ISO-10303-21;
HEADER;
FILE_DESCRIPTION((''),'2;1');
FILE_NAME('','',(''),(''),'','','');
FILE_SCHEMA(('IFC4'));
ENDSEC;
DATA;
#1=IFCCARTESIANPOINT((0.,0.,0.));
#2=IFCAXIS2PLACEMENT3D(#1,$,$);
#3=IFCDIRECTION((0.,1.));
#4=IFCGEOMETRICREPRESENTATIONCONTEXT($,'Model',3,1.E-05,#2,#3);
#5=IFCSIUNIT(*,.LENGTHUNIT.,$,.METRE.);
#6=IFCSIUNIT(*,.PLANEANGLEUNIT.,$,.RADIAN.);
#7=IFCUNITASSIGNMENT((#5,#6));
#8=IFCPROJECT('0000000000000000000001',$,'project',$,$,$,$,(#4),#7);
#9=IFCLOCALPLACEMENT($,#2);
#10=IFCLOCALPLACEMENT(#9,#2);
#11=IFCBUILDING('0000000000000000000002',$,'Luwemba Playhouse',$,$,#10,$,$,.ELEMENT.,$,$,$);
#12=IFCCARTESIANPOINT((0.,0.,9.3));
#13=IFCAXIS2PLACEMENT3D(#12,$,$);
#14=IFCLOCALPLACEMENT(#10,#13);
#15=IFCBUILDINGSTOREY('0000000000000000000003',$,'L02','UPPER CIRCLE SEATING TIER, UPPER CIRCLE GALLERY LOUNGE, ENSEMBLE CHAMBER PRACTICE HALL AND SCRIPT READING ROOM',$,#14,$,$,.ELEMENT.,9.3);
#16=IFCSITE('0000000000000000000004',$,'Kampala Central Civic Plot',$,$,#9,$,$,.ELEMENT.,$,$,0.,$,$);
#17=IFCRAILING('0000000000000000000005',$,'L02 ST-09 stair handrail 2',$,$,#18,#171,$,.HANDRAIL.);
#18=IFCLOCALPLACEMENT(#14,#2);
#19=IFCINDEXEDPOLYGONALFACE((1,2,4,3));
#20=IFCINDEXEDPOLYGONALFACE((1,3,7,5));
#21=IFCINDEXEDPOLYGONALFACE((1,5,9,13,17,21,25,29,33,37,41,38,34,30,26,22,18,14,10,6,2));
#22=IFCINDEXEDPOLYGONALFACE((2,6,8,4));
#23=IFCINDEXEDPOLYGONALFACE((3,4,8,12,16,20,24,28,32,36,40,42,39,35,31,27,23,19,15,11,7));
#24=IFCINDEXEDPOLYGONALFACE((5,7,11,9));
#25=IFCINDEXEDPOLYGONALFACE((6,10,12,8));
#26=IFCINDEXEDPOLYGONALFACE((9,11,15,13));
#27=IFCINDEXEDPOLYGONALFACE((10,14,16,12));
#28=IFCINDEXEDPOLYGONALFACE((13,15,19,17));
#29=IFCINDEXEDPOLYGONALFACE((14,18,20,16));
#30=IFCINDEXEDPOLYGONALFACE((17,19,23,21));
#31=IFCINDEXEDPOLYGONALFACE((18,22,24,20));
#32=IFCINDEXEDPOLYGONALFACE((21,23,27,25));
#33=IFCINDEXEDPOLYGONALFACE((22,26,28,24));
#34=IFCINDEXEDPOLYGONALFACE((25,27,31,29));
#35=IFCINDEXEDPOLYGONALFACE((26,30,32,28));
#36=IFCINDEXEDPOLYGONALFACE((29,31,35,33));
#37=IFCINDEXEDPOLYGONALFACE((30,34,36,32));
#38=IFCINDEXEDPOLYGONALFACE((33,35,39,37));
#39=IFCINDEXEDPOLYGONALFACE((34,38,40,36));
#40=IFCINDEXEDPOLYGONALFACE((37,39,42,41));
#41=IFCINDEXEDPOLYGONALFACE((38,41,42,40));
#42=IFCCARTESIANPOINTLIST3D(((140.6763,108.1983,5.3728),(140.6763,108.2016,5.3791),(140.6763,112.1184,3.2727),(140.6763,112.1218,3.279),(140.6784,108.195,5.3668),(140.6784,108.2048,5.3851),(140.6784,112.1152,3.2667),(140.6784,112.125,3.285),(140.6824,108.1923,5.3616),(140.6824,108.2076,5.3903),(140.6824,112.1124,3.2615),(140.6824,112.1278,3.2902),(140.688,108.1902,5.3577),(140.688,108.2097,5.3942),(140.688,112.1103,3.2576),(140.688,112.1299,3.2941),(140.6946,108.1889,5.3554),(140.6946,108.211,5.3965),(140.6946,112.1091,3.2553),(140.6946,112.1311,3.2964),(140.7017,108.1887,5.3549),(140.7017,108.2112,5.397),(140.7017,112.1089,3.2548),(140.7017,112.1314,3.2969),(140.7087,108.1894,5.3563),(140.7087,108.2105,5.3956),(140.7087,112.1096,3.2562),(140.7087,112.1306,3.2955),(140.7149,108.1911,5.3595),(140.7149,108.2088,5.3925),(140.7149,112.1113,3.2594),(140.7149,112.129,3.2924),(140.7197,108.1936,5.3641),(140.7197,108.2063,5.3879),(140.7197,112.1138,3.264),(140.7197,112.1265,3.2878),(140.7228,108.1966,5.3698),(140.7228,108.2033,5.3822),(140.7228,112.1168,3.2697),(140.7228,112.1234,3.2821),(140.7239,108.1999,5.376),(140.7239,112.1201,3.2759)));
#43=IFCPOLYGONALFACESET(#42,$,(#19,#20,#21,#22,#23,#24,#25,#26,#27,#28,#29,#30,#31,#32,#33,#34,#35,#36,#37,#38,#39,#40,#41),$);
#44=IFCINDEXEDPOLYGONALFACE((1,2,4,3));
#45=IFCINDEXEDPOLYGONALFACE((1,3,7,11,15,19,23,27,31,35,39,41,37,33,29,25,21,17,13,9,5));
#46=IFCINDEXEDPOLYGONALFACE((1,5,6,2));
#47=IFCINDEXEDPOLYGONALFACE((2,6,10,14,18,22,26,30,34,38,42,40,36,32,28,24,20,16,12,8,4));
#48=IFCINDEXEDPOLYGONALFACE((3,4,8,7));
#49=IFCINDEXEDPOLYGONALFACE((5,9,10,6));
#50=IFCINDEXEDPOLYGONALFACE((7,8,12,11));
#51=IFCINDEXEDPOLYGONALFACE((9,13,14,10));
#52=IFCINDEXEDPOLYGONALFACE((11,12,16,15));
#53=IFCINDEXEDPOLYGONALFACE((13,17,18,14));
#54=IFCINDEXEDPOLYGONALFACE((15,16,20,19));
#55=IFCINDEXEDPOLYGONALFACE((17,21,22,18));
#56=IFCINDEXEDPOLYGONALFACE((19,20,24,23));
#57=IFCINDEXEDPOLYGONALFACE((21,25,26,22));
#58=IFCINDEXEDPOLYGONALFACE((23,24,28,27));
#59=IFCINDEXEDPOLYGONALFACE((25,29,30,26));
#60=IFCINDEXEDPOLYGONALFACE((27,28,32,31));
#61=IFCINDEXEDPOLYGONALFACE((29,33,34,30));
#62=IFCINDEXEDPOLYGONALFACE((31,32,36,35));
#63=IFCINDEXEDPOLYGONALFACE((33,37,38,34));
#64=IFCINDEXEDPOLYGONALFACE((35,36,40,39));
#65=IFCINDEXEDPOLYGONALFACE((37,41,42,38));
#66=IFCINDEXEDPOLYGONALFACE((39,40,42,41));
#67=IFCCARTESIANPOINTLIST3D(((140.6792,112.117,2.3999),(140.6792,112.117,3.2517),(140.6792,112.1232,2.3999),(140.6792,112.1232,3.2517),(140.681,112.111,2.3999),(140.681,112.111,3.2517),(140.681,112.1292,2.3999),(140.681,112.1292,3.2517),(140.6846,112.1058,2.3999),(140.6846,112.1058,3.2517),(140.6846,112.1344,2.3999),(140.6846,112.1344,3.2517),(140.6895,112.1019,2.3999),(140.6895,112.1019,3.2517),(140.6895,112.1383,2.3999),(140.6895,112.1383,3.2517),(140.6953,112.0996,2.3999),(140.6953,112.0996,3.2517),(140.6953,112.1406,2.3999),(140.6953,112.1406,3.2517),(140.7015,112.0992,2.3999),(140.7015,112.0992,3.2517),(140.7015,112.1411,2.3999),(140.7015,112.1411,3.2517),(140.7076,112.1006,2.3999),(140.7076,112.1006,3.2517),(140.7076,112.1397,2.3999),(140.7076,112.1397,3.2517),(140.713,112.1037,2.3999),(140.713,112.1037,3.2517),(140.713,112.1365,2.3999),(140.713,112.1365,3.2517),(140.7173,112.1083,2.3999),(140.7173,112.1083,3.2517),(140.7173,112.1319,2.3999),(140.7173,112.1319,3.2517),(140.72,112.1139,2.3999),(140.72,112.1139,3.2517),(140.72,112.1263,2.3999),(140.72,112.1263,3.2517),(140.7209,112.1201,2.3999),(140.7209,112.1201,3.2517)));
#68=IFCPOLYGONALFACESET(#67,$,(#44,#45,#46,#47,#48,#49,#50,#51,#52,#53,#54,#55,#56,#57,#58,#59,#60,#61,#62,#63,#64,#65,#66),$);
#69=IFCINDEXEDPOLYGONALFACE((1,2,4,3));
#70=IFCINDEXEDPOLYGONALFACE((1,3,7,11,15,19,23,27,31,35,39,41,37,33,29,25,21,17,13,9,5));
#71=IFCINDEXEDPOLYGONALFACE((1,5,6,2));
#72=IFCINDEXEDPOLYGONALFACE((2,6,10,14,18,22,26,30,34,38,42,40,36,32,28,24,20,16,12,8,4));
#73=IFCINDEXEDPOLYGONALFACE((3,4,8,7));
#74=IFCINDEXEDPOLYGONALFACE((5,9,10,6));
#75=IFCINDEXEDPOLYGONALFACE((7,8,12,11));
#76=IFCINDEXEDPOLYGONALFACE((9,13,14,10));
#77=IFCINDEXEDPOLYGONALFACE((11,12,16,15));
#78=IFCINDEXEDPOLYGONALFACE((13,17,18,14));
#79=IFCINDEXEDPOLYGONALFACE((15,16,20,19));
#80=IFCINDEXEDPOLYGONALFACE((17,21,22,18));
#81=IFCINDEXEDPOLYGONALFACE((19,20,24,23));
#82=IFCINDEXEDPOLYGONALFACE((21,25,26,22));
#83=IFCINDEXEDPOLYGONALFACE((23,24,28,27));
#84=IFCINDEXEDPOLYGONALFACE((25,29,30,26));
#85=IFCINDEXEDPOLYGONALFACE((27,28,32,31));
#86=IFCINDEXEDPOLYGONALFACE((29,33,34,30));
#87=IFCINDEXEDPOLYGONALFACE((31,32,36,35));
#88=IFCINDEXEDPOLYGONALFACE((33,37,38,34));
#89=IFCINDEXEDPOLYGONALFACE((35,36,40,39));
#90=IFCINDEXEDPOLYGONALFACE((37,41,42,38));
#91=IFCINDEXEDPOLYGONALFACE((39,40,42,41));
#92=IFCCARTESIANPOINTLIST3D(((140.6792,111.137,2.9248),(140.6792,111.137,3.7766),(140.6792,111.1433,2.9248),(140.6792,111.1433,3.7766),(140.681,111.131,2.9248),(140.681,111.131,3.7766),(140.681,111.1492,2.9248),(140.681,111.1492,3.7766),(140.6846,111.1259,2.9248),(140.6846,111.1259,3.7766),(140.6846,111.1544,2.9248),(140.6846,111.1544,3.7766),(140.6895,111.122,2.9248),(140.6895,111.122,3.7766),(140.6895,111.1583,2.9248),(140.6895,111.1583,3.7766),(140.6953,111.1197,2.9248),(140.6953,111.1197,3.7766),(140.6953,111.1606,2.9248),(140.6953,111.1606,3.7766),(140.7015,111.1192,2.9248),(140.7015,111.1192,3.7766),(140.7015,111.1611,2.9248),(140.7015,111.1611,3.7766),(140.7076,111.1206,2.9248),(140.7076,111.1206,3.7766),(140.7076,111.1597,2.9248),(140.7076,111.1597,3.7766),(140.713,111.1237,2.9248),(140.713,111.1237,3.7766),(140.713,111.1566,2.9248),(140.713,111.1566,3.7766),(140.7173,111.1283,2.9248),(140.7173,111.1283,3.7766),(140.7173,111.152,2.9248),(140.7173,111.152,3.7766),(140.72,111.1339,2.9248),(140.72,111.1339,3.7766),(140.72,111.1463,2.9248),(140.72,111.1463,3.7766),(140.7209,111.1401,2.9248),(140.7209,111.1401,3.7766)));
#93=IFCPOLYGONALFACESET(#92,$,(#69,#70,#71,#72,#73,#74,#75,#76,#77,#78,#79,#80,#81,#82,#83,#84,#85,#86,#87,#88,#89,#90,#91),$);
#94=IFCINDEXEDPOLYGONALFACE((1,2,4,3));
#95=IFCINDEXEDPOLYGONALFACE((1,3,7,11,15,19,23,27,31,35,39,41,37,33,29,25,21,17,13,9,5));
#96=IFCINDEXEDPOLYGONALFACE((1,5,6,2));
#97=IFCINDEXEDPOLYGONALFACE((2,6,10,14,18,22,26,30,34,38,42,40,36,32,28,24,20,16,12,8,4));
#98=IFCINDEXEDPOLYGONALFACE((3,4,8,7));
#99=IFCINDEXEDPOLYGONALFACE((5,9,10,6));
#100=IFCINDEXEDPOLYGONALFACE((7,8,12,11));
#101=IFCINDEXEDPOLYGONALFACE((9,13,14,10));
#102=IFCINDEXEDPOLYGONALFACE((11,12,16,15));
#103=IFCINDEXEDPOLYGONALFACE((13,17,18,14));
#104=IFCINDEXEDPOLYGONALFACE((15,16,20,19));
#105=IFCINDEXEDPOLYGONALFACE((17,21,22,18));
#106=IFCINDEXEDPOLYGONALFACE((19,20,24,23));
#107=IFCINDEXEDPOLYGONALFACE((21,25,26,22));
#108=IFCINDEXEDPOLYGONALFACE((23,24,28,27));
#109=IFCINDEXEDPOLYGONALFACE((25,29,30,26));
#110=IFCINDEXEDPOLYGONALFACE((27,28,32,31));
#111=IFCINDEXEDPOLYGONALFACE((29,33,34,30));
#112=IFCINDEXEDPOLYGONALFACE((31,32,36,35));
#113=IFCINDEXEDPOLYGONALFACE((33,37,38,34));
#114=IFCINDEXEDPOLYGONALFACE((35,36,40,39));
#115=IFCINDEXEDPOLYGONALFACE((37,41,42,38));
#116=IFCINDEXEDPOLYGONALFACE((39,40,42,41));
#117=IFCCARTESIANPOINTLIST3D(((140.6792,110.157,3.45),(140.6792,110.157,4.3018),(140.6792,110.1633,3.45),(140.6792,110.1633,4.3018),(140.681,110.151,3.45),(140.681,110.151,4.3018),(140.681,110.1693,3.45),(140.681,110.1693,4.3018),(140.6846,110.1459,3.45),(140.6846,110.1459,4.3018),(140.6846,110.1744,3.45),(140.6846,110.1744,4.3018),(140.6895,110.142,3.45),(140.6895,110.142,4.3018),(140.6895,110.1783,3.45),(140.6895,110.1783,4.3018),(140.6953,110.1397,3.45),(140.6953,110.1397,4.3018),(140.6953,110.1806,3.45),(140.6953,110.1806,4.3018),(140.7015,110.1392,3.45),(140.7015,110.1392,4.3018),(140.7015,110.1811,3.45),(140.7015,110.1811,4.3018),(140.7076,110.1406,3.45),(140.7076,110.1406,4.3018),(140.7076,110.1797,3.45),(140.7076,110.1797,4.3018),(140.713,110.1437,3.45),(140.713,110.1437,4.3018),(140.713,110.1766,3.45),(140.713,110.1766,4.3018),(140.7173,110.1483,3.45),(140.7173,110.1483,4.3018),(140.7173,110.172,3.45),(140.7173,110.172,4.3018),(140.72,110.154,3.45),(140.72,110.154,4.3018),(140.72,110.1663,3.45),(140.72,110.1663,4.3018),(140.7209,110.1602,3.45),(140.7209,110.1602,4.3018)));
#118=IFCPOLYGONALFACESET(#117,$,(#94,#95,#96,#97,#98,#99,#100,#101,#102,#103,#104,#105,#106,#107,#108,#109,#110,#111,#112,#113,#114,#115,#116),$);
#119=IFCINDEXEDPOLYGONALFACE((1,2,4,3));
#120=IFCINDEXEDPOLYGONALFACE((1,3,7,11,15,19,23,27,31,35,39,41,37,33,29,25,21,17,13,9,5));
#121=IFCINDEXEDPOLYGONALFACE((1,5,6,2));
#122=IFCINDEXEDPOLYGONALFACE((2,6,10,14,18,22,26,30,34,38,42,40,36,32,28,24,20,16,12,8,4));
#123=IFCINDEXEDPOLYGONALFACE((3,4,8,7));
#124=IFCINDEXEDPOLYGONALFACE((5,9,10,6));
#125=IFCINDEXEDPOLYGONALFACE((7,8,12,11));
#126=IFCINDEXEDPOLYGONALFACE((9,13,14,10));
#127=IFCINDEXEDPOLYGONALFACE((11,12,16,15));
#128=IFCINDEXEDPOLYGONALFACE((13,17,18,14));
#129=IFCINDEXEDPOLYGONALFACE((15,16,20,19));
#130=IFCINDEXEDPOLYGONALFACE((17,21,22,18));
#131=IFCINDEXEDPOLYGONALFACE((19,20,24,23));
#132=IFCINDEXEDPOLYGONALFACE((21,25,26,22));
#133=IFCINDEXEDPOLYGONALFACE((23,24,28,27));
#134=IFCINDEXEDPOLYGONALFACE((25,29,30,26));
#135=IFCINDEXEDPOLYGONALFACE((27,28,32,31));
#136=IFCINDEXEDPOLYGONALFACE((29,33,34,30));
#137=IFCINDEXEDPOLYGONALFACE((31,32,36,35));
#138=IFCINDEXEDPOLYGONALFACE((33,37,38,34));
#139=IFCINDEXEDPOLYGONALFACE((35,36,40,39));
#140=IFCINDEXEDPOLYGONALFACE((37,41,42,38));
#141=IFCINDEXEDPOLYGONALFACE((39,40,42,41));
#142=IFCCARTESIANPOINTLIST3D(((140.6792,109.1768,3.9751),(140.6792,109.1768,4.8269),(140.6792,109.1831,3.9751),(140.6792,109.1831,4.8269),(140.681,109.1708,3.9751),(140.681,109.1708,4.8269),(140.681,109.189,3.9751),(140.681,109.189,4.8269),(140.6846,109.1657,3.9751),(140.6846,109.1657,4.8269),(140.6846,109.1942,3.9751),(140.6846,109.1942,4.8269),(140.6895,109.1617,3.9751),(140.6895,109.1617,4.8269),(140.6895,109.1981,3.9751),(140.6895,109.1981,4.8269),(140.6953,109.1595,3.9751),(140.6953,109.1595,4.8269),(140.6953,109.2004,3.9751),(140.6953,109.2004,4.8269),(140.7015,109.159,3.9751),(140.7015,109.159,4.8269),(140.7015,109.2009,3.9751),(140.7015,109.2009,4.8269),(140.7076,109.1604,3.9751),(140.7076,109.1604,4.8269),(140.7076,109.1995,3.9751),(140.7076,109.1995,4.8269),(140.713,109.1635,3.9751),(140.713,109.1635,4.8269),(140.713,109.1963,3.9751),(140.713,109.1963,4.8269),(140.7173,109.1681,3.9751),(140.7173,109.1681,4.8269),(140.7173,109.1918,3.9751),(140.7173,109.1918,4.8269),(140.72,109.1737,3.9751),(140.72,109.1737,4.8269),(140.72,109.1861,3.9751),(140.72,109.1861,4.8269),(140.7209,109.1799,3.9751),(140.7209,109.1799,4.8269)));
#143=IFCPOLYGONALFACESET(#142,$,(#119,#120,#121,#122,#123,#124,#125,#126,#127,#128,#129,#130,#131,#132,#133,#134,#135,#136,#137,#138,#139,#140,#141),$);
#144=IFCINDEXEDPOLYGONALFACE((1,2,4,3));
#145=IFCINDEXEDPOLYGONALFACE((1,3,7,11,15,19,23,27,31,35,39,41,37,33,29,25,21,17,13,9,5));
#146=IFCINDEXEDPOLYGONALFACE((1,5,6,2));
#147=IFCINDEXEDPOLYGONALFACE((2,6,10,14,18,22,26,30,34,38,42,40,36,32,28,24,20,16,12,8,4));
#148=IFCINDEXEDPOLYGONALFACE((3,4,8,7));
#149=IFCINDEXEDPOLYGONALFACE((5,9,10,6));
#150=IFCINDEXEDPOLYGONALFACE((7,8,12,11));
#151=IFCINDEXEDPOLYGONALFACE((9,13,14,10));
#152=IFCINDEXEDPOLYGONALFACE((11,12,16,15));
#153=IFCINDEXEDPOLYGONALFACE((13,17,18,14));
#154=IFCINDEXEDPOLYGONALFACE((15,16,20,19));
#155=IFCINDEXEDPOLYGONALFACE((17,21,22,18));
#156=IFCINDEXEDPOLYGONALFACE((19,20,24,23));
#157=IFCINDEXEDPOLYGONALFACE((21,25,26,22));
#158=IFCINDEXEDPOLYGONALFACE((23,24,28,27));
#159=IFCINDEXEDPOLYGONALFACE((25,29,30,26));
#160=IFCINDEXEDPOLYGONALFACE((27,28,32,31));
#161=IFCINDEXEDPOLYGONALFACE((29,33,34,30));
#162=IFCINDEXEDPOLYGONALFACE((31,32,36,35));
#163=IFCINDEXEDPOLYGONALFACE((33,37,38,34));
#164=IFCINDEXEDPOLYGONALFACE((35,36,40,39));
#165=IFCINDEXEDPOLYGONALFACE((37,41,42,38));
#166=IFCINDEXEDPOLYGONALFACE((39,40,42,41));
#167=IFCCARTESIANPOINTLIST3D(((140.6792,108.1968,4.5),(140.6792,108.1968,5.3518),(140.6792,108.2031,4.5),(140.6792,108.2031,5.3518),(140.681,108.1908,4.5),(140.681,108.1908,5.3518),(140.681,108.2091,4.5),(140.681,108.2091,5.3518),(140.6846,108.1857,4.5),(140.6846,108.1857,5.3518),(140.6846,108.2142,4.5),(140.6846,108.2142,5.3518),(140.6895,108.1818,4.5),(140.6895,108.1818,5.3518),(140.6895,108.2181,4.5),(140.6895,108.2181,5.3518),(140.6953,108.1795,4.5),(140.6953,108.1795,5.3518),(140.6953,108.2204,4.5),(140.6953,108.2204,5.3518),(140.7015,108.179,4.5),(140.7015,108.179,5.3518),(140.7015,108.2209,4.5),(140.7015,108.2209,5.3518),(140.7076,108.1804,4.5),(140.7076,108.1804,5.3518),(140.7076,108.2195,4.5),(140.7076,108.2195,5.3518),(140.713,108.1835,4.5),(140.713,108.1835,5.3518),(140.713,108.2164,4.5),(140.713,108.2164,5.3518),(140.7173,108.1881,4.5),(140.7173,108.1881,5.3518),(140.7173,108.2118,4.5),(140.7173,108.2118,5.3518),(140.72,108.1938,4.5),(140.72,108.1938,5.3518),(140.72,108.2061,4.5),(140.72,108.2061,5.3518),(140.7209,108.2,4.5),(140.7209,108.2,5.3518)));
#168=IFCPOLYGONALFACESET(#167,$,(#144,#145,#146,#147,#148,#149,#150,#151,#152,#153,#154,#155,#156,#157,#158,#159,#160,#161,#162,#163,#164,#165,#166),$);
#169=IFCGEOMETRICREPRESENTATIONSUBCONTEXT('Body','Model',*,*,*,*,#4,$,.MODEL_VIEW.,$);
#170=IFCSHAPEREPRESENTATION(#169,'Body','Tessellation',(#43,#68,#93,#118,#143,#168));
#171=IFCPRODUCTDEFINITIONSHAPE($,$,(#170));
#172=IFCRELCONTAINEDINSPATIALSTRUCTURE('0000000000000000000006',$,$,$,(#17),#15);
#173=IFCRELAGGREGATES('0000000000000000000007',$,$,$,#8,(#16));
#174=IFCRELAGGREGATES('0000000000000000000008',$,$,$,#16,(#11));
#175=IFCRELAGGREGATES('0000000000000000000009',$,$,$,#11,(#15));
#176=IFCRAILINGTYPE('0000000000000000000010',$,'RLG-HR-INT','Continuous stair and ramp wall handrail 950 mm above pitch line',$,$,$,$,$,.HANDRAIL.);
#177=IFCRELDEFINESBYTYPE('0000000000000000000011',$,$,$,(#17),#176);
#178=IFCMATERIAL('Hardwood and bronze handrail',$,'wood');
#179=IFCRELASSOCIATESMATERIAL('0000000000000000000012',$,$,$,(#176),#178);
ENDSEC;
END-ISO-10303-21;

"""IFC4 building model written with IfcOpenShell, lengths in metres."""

from ifc_helpers import new_model, si_unit, direction, frame, origin, origin_2d, place, context, subcontext, project, spatial, circle, extrude, material, type_object, element, save


model = new_model("IFC4")

# Units and contexts
model_context = context("Model", 3, precision=1e-05, world=origin(), true_north=direction((0.0, 1.0)))
body_context = subcontext(model_context, "Body", "Model", "MODEL_VIEW")
ifc_project = project(units=[si_unit("LENGTHUNIT", "METRE"), si_unit("PLANEANGLEUNIT", "RADIAN")], contexts=[model_context])

# Site, building, storey
site_placement = place(None, origin())
site = spatial("IfcSite", under=ifc_project, at=site_placement, Name="Kampala Central Civic Plot", CompositionType="ELEMENT", RefElevation=0.0)
building_placement = place(site_placement, origin())
building = spatial("IfcBuilding", under=site, at=building_placement, Name="Luwemba Playhouse", CompositionType="ELEMENT")
storey_placement = place(building_placement, frame((0.0, 0.0, 9.3)))
storey = spatial("IfcBuildingStorey", under=building, at=storey_placement, Name="L02", Description="UPPER CIRCLE SEATING TIER, UPPER CIRCLE GALLERY LOUNGE, ENSEMBLE CHAMBER PRACTICE HALL AND SCRIPT READING ROOM", CompositionType="ELEMENT", Elevation=9.3)

# Railing
ifc_material_1 = material(Name="Hardwood and bronze handrail", Category="wood")
railing_type = type_object("IfcRailingType", Name="RLG-HR-INT", Description="Continuous stair and ramp wall handrail 950 mm above pitch line", PredefinedType="HANDRAIL", material=ifc_material_1)
railing_placement = place(storey_placement, frame((140.7, 112.1201, 2.3999)))
element("IfcRailing", 1, at=railing_placement, inside=storey, type_object=railing_type, Name="L02 ST-09 stair handrail 2", PredefinedType="HANDRAIL", context=body_context, shape_type="SweptSolid", body=[
    extrude(circle(Radius=0.0239, at=origin_2d()), frame((0.0, 0.0, 0.876), z_axis=(0.0, -0.881479, 0.472223), x_axis=(1.0, 0.0, 0.0)), (0.0, 0.0, 1.0), 4.4473),
    extrude(circle(Radius=0.021, at=origin_2d()), origin(), (0.0, 0.0, 1.0), 0.8518),
    extrude(circle(Radius=0.021, at=origin_2d()), frame((0.0, -0.98, 0.5249)), (0.0, 0.0, 1.0), 0.8518),
    extrude(circle(Radius=0.021, at=origin_2d()), frame((0.0, -1.96, 1.05)), (0.0, 0.0, 1.0), 0.8518),
    extrude(circle(Radius=0.021, at=origin_2d()), frame((0.0, -2.9402, 1.5752)), (0.0, 0.0, 1.0), 0.8518),
    extrude(circle(Radius=0.021, at=origin_2d()), frame((0.0, -3.9202, 2.1001)), (0.0, 0.0, 1.0), 0.8518),
])

save(model, "model.ifc")
